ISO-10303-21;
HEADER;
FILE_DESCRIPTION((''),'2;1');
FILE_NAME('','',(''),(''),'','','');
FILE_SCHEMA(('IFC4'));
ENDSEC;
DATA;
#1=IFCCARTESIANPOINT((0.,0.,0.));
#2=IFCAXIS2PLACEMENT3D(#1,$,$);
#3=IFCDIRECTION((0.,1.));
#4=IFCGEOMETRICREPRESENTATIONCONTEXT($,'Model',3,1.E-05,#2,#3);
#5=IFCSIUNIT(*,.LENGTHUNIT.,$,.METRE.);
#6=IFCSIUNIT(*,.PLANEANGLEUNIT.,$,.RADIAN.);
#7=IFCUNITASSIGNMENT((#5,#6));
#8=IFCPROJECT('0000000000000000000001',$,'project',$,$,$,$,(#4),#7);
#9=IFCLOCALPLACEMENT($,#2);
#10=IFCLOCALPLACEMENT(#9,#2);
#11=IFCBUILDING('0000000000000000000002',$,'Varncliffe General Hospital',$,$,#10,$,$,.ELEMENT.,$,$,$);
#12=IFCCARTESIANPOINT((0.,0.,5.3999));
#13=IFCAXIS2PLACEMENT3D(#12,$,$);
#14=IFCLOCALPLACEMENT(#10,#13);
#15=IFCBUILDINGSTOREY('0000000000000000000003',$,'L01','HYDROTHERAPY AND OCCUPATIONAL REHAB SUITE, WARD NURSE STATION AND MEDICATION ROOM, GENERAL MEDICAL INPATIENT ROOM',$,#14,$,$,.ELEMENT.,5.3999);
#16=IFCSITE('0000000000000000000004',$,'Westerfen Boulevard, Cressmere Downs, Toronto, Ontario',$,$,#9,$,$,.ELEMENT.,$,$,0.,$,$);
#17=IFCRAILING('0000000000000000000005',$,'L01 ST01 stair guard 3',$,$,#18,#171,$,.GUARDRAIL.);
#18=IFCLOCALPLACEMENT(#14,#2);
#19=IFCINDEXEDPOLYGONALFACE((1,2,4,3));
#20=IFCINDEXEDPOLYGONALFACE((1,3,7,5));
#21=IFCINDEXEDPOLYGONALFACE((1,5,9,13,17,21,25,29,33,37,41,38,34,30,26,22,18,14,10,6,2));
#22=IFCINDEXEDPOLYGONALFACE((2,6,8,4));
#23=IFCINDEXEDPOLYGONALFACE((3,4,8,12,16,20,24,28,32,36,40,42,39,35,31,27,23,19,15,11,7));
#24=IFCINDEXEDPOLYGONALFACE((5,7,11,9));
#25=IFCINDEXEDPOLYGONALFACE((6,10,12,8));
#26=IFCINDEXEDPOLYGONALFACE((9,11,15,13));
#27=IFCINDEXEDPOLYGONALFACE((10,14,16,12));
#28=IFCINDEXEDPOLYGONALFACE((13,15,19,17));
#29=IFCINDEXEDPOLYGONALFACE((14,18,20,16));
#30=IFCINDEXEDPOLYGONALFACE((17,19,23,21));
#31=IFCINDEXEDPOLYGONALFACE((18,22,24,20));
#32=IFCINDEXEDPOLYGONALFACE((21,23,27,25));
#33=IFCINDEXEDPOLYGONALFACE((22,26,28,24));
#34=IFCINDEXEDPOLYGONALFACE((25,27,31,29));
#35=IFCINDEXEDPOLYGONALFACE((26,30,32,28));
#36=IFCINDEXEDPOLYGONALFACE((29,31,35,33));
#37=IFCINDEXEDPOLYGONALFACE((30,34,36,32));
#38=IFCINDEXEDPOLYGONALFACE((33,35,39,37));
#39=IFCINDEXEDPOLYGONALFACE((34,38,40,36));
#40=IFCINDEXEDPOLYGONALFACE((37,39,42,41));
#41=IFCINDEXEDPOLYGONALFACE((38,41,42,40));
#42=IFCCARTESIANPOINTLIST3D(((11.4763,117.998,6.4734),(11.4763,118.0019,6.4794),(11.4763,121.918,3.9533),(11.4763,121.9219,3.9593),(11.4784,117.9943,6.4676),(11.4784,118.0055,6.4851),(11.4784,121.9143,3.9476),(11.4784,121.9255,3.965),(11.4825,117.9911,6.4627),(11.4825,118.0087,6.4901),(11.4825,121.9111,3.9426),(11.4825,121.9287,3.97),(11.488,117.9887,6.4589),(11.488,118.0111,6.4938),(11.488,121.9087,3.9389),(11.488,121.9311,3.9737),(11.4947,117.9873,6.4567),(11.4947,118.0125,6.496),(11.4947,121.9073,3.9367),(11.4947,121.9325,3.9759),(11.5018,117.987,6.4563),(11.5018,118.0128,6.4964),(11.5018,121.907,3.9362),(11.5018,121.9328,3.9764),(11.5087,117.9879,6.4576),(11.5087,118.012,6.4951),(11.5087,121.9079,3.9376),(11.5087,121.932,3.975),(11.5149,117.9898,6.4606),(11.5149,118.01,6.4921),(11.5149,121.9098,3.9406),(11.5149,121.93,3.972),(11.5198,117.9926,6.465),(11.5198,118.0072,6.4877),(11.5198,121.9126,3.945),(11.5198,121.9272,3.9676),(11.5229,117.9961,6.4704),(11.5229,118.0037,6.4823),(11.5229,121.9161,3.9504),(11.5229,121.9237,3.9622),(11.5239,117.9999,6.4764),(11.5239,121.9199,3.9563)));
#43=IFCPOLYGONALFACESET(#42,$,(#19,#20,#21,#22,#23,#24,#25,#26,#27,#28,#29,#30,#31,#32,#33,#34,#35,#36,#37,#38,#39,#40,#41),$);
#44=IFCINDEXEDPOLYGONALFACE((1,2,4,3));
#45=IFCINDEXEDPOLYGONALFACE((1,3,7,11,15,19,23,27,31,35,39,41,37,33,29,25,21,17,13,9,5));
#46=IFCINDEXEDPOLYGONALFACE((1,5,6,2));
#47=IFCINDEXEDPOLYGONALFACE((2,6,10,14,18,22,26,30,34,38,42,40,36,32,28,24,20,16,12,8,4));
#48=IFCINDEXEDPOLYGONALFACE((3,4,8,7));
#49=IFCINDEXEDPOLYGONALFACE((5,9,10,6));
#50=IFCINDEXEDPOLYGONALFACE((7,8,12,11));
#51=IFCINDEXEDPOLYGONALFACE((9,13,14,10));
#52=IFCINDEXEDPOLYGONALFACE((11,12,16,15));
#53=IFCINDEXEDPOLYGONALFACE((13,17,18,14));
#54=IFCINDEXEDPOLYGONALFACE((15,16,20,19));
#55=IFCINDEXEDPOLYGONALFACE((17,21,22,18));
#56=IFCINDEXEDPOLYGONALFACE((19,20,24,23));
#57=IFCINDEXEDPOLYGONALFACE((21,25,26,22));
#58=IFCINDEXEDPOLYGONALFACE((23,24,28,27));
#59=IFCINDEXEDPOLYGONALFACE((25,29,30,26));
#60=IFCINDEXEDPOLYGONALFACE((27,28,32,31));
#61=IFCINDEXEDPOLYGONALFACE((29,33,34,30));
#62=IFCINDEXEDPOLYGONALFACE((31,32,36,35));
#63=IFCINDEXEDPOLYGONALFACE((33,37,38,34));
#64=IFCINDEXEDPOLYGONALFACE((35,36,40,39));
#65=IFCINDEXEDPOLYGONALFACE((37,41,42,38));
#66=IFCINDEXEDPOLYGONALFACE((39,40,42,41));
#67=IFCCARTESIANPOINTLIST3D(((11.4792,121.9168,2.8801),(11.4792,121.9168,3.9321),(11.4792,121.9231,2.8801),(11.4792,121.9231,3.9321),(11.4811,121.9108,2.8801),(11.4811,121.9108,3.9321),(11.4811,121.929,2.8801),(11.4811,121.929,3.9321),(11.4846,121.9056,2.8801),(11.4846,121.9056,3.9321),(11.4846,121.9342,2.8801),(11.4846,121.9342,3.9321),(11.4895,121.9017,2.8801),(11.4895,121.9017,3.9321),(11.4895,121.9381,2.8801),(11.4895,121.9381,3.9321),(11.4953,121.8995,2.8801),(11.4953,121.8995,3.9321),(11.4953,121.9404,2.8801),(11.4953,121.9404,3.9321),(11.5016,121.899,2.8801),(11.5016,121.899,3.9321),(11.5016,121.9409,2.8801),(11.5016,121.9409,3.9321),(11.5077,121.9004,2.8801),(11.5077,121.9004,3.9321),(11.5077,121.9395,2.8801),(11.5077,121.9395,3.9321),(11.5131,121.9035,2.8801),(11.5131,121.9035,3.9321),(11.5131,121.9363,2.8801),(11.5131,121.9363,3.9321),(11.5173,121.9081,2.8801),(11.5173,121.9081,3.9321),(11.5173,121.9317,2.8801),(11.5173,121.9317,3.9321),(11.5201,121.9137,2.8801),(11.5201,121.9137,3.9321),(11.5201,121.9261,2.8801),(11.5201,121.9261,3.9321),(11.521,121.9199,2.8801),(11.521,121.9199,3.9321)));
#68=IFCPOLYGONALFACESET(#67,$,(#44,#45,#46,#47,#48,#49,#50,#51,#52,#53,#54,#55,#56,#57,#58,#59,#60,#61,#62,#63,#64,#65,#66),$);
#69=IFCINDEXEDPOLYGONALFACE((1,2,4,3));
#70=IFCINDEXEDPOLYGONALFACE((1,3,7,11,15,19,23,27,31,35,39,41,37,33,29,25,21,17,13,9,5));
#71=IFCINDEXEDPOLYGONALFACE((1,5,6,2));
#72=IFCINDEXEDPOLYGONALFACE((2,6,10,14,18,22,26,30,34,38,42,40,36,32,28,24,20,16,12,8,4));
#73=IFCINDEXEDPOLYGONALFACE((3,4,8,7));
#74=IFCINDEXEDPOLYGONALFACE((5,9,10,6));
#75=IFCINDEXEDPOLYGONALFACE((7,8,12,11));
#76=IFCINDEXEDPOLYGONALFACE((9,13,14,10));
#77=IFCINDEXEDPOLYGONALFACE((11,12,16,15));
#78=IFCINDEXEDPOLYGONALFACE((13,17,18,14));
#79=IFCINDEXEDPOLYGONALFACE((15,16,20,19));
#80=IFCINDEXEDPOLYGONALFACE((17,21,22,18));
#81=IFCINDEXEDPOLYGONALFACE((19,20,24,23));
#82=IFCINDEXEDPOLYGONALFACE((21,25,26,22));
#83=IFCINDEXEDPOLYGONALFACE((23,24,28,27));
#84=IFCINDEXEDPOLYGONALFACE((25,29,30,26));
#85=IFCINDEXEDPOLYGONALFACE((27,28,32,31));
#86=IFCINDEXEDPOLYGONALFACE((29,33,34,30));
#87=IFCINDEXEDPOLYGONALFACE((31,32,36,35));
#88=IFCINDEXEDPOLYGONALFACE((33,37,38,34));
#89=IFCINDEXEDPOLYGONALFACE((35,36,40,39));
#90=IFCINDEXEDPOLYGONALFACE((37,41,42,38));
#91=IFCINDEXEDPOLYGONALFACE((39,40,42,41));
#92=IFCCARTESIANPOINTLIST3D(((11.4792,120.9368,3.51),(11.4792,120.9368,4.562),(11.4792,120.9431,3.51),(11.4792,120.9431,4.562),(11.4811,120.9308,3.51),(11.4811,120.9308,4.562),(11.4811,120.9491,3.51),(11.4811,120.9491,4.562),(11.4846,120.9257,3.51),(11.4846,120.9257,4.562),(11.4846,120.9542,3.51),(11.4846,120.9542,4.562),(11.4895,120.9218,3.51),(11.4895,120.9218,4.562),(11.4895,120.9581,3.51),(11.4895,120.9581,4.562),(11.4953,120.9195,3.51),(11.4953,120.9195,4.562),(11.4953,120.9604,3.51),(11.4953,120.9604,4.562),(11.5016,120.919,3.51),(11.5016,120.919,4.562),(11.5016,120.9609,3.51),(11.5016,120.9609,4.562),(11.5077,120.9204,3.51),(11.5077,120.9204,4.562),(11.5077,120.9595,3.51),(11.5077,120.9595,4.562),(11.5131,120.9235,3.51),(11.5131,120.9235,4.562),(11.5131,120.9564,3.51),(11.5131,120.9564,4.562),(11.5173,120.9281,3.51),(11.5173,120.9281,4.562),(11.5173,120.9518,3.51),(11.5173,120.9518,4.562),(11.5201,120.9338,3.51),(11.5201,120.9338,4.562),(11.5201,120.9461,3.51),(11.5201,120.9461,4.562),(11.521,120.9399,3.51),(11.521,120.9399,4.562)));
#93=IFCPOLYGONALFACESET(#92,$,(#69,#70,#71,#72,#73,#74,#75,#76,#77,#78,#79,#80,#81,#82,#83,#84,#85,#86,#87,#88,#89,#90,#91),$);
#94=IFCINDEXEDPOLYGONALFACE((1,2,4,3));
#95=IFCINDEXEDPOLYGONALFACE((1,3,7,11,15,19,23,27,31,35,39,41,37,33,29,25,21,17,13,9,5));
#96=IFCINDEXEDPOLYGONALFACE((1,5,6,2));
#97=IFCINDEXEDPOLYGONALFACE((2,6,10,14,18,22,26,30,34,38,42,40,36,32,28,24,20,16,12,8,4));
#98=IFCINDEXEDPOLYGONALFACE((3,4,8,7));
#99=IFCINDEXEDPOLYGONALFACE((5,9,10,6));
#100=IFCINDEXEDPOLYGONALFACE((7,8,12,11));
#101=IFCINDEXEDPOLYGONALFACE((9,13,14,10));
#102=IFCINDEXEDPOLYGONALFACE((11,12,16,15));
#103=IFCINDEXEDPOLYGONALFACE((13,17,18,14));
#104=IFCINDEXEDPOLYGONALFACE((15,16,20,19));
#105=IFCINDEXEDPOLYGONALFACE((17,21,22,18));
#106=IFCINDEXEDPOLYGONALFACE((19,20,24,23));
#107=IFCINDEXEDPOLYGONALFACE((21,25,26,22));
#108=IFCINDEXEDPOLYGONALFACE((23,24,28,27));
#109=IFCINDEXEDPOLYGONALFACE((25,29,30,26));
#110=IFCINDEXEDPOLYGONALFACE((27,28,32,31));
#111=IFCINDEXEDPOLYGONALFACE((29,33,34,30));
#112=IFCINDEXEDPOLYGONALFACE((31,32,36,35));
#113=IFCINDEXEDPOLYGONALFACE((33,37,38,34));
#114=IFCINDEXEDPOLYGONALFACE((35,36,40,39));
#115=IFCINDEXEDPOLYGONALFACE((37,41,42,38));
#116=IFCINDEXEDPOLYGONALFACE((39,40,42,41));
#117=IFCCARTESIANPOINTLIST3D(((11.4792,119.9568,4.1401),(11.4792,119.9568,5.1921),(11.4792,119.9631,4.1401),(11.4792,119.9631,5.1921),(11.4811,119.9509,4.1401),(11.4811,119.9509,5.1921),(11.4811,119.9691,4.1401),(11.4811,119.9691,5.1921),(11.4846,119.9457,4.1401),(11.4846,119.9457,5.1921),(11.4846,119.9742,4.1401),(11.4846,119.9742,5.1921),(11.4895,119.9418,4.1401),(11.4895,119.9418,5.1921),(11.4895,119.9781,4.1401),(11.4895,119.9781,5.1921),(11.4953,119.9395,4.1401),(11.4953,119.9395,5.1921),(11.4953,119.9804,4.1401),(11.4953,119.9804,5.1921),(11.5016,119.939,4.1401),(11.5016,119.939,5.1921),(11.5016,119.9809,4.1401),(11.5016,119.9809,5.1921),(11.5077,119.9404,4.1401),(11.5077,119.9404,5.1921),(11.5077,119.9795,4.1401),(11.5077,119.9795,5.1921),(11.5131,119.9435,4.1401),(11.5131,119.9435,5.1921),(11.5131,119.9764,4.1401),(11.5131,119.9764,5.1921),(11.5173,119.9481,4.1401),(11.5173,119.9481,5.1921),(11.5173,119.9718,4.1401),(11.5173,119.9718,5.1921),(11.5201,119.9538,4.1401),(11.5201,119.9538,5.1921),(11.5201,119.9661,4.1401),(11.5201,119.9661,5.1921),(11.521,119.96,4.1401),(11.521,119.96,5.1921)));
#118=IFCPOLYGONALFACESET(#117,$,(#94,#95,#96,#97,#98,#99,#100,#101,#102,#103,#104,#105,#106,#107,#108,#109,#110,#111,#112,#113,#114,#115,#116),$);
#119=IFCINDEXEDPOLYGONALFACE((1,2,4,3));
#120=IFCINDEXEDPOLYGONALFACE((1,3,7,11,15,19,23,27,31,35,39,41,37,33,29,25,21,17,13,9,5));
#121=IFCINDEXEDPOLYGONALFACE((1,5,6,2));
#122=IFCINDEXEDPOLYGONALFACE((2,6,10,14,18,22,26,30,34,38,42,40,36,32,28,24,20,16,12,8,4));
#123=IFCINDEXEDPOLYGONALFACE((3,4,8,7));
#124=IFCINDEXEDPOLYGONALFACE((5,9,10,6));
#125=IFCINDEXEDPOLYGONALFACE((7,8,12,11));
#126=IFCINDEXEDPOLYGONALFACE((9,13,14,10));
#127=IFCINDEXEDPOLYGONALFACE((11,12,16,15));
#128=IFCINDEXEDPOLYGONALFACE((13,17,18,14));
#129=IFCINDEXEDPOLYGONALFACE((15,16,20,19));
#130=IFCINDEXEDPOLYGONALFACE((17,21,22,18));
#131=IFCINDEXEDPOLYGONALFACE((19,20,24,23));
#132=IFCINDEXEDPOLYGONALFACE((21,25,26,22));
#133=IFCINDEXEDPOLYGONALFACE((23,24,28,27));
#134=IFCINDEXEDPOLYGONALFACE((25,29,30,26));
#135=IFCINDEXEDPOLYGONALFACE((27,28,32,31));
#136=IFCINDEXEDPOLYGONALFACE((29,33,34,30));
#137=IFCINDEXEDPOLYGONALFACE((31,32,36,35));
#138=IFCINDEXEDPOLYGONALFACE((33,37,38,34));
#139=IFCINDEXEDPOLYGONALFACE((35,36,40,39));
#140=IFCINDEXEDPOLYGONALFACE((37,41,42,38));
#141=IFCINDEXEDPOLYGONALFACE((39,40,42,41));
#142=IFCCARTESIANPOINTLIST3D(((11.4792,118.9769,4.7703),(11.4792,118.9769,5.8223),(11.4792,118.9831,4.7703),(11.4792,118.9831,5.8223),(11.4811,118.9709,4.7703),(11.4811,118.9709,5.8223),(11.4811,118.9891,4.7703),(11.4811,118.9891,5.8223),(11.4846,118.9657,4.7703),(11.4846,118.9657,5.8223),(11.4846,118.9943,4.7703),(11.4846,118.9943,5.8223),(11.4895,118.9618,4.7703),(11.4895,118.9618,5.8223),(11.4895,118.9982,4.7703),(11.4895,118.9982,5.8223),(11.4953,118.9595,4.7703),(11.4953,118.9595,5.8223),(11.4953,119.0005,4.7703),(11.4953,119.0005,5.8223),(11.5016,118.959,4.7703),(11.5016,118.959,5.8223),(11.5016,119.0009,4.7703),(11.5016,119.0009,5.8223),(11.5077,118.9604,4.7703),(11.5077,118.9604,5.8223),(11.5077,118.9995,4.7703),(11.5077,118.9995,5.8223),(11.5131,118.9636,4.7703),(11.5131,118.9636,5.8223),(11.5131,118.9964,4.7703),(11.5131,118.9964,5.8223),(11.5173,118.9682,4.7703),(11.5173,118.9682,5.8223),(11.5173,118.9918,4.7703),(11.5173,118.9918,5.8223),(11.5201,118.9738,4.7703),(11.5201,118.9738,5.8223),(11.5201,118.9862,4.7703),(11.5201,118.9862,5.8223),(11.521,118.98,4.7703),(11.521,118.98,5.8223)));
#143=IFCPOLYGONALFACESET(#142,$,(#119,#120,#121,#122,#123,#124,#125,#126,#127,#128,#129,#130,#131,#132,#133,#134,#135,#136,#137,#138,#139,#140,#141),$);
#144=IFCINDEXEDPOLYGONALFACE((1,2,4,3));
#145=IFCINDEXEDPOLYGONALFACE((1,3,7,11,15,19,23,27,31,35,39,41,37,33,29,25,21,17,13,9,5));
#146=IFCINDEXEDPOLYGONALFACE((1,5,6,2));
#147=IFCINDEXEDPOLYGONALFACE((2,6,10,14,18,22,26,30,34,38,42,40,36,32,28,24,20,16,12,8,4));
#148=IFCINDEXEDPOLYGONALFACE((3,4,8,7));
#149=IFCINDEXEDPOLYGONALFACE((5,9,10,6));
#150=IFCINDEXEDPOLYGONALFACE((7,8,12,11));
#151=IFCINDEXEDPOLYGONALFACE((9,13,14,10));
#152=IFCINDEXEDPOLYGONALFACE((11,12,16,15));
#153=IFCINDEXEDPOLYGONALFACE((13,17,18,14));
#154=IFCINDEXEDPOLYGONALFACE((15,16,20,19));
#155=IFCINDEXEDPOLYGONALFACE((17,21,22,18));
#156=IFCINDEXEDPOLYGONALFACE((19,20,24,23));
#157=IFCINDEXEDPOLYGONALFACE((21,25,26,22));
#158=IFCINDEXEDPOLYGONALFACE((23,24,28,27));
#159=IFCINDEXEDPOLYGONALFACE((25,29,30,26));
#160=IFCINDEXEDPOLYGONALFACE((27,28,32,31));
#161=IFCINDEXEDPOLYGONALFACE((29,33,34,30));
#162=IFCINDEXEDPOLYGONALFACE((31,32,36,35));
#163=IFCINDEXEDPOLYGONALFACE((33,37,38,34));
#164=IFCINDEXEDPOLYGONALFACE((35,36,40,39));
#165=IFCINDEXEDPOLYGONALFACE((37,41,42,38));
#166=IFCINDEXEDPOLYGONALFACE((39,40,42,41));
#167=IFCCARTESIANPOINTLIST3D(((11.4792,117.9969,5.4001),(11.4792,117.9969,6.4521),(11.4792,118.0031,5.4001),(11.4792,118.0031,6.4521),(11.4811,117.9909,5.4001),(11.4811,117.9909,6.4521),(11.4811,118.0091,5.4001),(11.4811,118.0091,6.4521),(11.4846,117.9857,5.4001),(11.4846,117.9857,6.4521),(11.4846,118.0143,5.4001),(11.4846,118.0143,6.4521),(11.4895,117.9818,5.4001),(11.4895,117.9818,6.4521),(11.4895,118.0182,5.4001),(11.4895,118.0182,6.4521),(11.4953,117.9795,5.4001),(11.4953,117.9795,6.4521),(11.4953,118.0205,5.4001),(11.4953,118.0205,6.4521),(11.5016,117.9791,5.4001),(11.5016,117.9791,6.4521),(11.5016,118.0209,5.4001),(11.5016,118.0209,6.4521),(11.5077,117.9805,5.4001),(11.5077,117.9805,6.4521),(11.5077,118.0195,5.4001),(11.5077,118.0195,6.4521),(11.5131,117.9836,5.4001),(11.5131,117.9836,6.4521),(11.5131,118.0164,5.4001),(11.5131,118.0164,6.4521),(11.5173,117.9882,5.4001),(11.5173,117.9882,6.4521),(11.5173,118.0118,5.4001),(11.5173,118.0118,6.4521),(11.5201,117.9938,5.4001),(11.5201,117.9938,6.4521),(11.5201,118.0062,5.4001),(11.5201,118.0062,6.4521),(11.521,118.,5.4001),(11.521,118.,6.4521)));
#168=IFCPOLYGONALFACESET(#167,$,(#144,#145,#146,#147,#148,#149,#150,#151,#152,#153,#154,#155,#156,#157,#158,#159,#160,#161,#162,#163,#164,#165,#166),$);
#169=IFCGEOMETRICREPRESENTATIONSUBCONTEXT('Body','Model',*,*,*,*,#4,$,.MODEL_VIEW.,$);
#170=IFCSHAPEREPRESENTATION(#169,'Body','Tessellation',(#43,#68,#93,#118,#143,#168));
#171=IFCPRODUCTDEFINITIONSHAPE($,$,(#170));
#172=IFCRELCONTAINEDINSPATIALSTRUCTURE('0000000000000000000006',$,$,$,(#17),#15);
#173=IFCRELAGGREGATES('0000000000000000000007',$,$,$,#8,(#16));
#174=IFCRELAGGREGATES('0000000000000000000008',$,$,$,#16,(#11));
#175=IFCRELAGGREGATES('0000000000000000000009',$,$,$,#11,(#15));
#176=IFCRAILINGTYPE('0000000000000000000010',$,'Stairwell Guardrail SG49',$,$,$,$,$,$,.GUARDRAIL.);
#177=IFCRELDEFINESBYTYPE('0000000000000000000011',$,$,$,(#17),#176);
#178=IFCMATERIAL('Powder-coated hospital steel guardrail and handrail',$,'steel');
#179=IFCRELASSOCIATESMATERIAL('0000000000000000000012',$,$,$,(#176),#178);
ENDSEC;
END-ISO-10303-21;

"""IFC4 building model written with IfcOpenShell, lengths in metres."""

from ifc_helpers import new_model, si_unit, direction, frame, origin, origin_2d, place, context, subcontext, project, spatial, circle, extrude, material, type_object, element, save


model = new_model("IFC4")

# Units and contexts
model_context = context("Model", 3, precision=1e-05, world=origin(), true_north=direction((0.0, 1.0)))
body_context = subcontext(model_context, "Body", "Model", "MODEL_VIEW")
ifc_project = project(units=[si_unit("LENGTHUNIT", "METRE"), si_unit("PLANEANGLEUNIT", "RADIAN")], contexts=[model_context])

# Site, building, storey
site_placement = place(None, origin())
site = spatial("IfcSite", under=ifc_project, at=site_placement, Name="Westerfen Boulevard, Cressmere Downs, Toronto, Ontario", CompositionType="ELEMENT", RefElevation=0.0)
building_placement = place(site_placement, origin())
building = spatial("IfcBuilding", under=site, at=building_placement, Name="Varncliffe General Hospital", CompositionType="ELEMENT")
storey_placement = place(building_placement, frame((0.0, 0.0, 5.3999)))
storey = spatial("IfcBuildingStorey", under=building, at=storey_placement, Name="L01", Description="HYDROTHERAPY AND OCCUPATIONAL REHAB SUITE, WARD NURSE STATION AND MEDICATION ROOM, GENERAL MEDICAL INPATIENT ROOM", CompositionType="ELEMENT", Elevation=5.3999)

# Railing
ifc_material_1 = material(Name="Powder-coated hospital steel guardrail and handrail", Category="steel")
railing_type_1 = type_object("IfcRailingType", Name="Stairwell Guardrail SG49", PredefinedType="GUARDRAIL", material=ifc_material_1)
railing_1_placement = place(storey_placement, frame((11.5, 121.9199, 2.8801)))
element("IfcRailing", 1, at=railing_1_placement, inside=storey, type_object=railing_type_1, Name="L01 ST01 stair guard 3", PredefinedType="GUARDRAIL", context=body_context, shape_type="SweptSolid", body=[
    extrude(circle(Radius=0.0239, at=origin_2d()), frame((0.0, 0.0, 1.0762), z_axis=(0.0, -0.841172, 0.540768), x_axis=(1.0, 0.0, 0.0)), (0.0, 0.0, 1.0), 4.6602),
    extrude(circle(Radius=0.021, at=origin_2d()), origin(), (0.0, 0.0, 1.0), 1.052),
    extrude(circle(Radius=0.021, at=origin_2d()), frame((0.0, -0.98, 0.6299)), (0.0, 0.0, 1.0), 1.052),
    extrude(circle(Radius=0.021, at=origin_2d()), frame((0.0, -1.96, 1.26)), (0.0, 0.0, 1.0), 1.052),
    extrude(circle(Radius=0.021, at=origin_2d()), frame((0.0, -2.9399, 1.8901)), (0.0, 0.0, 1.0), 1.052),
    extrude(circle(Radius=0.021, at=origin_2d()), frame((0.0, -3.9199, 2.52)), (0.0, 0.0, 1.0), 1.052),
])

save(model, "model.ifc")
